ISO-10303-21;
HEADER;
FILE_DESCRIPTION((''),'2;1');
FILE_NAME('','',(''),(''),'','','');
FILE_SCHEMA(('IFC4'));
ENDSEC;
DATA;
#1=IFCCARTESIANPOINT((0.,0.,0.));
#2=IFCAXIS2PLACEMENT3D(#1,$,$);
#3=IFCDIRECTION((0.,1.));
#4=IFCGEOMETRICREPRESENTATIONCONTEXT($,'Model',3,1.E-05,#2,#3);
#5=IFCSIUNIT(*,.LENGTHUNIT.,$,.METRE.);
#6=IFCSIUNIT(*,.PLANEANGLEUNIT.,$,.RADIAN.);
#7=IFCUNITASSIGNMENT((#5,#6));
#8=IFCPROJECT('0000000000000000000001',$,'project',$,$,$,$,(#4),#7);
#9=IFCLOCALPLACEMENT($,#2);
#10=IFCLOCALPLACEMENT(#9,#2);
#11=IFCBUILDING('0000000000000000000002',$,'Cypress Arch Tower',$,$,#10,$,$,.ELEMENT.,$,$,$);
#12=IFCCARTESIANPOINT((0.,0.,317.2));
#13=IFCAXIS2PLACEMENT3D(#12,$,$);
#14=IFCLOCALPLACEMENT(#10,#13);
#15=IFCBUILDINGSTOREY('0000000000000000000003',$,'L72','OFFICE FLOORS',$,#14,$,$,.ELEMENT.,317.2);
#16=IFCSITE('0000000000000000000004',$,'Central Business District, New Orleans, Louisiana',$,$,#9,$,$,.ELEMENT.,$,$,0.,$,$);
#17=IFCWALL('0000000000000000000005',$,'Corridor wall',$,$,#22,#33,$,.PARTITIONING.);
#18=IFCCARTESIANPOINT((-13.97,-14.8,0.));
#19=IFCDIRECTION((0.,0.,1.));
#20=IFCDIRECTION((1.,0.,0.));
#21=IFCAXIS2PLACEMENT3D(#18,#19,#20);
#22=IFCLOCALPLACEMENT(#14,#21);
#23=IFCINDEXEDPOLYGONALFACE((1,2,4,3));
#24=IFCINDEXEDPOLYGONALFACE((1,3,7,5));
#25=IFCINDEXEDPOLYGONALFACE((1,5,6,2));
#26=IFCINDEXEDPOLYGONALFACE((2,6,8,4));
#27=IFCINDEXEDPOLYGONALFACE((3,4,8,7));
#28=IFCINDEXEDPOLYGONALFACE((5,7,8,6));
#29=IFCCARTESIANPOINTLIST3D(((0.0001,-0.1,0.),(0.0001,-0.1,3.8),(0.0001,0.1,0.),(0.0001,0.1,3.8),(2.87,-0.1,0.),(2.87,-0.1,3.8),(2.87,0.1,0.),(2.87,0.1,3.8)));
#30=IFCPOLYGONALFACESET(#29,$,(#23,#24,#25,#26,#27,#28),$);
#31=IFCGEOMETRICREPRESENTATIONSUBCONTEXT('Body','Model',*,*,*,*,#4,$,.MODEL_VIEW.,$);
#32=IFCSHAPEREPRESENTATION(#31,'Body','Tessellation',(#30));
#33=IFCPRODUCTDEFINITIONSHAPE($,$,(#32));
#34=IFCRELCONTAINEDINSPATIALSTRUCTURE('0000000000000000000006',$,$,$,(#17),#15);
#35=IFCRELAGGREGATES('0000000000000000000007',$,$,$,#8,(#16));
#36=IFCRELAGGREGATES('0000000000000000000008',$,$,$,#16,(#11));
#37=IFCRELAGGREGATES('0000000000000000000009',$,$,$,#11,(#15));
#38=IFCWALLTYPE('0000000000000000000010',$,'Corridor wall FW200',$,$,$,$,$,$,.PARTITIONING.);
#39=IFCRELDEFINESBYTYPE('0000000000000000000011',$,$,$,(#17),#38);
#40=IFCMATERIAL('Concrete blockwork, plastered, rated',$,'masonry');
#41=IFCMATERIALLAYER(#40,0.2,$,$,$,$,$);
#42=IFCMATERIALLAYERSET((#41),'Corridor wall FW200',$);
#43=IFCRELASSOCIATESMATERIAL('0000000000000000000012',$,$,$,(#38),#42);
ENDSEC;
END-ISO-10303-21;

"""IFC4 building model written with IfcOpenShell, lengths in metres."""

from ifc_helpers import new_model, si_unit, direction, frame, frame_2d, origin, place, context, subcontext, project, spatial, rectangle, extrude, material, layer, layer_set, type_object, element, save


model = new_model("IFC4")

# Units and contexts
model_context = context("Model", 3, precision=1e-05, world=origin(), true_north=direction((0.0, 1.0)))
body_context = subcontext(model_context, "Body", "Model", "MODEL_VIEW")
ifc_project = project(units=[si_unit("LENGTHUNIT", "METRE"), si_unit("PLANEANGLEUNIT", "RADIAN")], contexts=[model_context])

# Site, building, storey
site_placement = place(None, origin())
site = spatial("IfcSite", under=ifc_project, at=site_placement, Name="Central Business District, New Orleans, Louisiana", CompositionType="ELEMENT", RefElevation=0.0)
building_placement = place(site_placement, origin())
building = spatial("IfcBuilding", under=site, at=building_placement, Name="Cypress Arch Tower", CompositionType="ELEMENT")
storey_placement = place(building_placement, frame((0.0, 0.0, 317.2)))
storey = spatial("IfcBuildingStorey", under=building, at=storey_placement, Name="L72", Description="OFFICE FLOORS", CompositionType="ELEMENT", Elevation=317.2)

# Wall
ifc_material_1 = material(Name="Concrete blockwork, plastered, rated", Category="masonry")
ifc_layer_1 = layer(ifc_material_1, 0.2)
ifc_layer_set_1 = layer_set([ifc_layer_1], Name="Corridor wall FW200")
wall_type_1 = type_object("IfcWallType", Name="Corridor wall FW200", PredefinedType="PARTITIONING", material=ifc_layer_set_1)
wall_1_placement = place(storey_placement, frame((-13.97, -14.8, 0.0), z_axis=(0.0, 0.0, 1.0), x_axis=(1.0, 0.0, 0.0)))
element("IfcWall", 1, at=wall_1_placement, inside=storey, type_object=wall_type_1, Name="Corridor wall", PredefinedType="PARTITIONING", context=body_context, shape_type="SweptSolid", body=[
    extrude(rectangle(XDim=2.8699, YDim=0.2, at=frame_2d((1.4351, 0.0))), origin(), (0.0, 0.0, 1.0), 3.8),
])

save(model, "model.ifc")
